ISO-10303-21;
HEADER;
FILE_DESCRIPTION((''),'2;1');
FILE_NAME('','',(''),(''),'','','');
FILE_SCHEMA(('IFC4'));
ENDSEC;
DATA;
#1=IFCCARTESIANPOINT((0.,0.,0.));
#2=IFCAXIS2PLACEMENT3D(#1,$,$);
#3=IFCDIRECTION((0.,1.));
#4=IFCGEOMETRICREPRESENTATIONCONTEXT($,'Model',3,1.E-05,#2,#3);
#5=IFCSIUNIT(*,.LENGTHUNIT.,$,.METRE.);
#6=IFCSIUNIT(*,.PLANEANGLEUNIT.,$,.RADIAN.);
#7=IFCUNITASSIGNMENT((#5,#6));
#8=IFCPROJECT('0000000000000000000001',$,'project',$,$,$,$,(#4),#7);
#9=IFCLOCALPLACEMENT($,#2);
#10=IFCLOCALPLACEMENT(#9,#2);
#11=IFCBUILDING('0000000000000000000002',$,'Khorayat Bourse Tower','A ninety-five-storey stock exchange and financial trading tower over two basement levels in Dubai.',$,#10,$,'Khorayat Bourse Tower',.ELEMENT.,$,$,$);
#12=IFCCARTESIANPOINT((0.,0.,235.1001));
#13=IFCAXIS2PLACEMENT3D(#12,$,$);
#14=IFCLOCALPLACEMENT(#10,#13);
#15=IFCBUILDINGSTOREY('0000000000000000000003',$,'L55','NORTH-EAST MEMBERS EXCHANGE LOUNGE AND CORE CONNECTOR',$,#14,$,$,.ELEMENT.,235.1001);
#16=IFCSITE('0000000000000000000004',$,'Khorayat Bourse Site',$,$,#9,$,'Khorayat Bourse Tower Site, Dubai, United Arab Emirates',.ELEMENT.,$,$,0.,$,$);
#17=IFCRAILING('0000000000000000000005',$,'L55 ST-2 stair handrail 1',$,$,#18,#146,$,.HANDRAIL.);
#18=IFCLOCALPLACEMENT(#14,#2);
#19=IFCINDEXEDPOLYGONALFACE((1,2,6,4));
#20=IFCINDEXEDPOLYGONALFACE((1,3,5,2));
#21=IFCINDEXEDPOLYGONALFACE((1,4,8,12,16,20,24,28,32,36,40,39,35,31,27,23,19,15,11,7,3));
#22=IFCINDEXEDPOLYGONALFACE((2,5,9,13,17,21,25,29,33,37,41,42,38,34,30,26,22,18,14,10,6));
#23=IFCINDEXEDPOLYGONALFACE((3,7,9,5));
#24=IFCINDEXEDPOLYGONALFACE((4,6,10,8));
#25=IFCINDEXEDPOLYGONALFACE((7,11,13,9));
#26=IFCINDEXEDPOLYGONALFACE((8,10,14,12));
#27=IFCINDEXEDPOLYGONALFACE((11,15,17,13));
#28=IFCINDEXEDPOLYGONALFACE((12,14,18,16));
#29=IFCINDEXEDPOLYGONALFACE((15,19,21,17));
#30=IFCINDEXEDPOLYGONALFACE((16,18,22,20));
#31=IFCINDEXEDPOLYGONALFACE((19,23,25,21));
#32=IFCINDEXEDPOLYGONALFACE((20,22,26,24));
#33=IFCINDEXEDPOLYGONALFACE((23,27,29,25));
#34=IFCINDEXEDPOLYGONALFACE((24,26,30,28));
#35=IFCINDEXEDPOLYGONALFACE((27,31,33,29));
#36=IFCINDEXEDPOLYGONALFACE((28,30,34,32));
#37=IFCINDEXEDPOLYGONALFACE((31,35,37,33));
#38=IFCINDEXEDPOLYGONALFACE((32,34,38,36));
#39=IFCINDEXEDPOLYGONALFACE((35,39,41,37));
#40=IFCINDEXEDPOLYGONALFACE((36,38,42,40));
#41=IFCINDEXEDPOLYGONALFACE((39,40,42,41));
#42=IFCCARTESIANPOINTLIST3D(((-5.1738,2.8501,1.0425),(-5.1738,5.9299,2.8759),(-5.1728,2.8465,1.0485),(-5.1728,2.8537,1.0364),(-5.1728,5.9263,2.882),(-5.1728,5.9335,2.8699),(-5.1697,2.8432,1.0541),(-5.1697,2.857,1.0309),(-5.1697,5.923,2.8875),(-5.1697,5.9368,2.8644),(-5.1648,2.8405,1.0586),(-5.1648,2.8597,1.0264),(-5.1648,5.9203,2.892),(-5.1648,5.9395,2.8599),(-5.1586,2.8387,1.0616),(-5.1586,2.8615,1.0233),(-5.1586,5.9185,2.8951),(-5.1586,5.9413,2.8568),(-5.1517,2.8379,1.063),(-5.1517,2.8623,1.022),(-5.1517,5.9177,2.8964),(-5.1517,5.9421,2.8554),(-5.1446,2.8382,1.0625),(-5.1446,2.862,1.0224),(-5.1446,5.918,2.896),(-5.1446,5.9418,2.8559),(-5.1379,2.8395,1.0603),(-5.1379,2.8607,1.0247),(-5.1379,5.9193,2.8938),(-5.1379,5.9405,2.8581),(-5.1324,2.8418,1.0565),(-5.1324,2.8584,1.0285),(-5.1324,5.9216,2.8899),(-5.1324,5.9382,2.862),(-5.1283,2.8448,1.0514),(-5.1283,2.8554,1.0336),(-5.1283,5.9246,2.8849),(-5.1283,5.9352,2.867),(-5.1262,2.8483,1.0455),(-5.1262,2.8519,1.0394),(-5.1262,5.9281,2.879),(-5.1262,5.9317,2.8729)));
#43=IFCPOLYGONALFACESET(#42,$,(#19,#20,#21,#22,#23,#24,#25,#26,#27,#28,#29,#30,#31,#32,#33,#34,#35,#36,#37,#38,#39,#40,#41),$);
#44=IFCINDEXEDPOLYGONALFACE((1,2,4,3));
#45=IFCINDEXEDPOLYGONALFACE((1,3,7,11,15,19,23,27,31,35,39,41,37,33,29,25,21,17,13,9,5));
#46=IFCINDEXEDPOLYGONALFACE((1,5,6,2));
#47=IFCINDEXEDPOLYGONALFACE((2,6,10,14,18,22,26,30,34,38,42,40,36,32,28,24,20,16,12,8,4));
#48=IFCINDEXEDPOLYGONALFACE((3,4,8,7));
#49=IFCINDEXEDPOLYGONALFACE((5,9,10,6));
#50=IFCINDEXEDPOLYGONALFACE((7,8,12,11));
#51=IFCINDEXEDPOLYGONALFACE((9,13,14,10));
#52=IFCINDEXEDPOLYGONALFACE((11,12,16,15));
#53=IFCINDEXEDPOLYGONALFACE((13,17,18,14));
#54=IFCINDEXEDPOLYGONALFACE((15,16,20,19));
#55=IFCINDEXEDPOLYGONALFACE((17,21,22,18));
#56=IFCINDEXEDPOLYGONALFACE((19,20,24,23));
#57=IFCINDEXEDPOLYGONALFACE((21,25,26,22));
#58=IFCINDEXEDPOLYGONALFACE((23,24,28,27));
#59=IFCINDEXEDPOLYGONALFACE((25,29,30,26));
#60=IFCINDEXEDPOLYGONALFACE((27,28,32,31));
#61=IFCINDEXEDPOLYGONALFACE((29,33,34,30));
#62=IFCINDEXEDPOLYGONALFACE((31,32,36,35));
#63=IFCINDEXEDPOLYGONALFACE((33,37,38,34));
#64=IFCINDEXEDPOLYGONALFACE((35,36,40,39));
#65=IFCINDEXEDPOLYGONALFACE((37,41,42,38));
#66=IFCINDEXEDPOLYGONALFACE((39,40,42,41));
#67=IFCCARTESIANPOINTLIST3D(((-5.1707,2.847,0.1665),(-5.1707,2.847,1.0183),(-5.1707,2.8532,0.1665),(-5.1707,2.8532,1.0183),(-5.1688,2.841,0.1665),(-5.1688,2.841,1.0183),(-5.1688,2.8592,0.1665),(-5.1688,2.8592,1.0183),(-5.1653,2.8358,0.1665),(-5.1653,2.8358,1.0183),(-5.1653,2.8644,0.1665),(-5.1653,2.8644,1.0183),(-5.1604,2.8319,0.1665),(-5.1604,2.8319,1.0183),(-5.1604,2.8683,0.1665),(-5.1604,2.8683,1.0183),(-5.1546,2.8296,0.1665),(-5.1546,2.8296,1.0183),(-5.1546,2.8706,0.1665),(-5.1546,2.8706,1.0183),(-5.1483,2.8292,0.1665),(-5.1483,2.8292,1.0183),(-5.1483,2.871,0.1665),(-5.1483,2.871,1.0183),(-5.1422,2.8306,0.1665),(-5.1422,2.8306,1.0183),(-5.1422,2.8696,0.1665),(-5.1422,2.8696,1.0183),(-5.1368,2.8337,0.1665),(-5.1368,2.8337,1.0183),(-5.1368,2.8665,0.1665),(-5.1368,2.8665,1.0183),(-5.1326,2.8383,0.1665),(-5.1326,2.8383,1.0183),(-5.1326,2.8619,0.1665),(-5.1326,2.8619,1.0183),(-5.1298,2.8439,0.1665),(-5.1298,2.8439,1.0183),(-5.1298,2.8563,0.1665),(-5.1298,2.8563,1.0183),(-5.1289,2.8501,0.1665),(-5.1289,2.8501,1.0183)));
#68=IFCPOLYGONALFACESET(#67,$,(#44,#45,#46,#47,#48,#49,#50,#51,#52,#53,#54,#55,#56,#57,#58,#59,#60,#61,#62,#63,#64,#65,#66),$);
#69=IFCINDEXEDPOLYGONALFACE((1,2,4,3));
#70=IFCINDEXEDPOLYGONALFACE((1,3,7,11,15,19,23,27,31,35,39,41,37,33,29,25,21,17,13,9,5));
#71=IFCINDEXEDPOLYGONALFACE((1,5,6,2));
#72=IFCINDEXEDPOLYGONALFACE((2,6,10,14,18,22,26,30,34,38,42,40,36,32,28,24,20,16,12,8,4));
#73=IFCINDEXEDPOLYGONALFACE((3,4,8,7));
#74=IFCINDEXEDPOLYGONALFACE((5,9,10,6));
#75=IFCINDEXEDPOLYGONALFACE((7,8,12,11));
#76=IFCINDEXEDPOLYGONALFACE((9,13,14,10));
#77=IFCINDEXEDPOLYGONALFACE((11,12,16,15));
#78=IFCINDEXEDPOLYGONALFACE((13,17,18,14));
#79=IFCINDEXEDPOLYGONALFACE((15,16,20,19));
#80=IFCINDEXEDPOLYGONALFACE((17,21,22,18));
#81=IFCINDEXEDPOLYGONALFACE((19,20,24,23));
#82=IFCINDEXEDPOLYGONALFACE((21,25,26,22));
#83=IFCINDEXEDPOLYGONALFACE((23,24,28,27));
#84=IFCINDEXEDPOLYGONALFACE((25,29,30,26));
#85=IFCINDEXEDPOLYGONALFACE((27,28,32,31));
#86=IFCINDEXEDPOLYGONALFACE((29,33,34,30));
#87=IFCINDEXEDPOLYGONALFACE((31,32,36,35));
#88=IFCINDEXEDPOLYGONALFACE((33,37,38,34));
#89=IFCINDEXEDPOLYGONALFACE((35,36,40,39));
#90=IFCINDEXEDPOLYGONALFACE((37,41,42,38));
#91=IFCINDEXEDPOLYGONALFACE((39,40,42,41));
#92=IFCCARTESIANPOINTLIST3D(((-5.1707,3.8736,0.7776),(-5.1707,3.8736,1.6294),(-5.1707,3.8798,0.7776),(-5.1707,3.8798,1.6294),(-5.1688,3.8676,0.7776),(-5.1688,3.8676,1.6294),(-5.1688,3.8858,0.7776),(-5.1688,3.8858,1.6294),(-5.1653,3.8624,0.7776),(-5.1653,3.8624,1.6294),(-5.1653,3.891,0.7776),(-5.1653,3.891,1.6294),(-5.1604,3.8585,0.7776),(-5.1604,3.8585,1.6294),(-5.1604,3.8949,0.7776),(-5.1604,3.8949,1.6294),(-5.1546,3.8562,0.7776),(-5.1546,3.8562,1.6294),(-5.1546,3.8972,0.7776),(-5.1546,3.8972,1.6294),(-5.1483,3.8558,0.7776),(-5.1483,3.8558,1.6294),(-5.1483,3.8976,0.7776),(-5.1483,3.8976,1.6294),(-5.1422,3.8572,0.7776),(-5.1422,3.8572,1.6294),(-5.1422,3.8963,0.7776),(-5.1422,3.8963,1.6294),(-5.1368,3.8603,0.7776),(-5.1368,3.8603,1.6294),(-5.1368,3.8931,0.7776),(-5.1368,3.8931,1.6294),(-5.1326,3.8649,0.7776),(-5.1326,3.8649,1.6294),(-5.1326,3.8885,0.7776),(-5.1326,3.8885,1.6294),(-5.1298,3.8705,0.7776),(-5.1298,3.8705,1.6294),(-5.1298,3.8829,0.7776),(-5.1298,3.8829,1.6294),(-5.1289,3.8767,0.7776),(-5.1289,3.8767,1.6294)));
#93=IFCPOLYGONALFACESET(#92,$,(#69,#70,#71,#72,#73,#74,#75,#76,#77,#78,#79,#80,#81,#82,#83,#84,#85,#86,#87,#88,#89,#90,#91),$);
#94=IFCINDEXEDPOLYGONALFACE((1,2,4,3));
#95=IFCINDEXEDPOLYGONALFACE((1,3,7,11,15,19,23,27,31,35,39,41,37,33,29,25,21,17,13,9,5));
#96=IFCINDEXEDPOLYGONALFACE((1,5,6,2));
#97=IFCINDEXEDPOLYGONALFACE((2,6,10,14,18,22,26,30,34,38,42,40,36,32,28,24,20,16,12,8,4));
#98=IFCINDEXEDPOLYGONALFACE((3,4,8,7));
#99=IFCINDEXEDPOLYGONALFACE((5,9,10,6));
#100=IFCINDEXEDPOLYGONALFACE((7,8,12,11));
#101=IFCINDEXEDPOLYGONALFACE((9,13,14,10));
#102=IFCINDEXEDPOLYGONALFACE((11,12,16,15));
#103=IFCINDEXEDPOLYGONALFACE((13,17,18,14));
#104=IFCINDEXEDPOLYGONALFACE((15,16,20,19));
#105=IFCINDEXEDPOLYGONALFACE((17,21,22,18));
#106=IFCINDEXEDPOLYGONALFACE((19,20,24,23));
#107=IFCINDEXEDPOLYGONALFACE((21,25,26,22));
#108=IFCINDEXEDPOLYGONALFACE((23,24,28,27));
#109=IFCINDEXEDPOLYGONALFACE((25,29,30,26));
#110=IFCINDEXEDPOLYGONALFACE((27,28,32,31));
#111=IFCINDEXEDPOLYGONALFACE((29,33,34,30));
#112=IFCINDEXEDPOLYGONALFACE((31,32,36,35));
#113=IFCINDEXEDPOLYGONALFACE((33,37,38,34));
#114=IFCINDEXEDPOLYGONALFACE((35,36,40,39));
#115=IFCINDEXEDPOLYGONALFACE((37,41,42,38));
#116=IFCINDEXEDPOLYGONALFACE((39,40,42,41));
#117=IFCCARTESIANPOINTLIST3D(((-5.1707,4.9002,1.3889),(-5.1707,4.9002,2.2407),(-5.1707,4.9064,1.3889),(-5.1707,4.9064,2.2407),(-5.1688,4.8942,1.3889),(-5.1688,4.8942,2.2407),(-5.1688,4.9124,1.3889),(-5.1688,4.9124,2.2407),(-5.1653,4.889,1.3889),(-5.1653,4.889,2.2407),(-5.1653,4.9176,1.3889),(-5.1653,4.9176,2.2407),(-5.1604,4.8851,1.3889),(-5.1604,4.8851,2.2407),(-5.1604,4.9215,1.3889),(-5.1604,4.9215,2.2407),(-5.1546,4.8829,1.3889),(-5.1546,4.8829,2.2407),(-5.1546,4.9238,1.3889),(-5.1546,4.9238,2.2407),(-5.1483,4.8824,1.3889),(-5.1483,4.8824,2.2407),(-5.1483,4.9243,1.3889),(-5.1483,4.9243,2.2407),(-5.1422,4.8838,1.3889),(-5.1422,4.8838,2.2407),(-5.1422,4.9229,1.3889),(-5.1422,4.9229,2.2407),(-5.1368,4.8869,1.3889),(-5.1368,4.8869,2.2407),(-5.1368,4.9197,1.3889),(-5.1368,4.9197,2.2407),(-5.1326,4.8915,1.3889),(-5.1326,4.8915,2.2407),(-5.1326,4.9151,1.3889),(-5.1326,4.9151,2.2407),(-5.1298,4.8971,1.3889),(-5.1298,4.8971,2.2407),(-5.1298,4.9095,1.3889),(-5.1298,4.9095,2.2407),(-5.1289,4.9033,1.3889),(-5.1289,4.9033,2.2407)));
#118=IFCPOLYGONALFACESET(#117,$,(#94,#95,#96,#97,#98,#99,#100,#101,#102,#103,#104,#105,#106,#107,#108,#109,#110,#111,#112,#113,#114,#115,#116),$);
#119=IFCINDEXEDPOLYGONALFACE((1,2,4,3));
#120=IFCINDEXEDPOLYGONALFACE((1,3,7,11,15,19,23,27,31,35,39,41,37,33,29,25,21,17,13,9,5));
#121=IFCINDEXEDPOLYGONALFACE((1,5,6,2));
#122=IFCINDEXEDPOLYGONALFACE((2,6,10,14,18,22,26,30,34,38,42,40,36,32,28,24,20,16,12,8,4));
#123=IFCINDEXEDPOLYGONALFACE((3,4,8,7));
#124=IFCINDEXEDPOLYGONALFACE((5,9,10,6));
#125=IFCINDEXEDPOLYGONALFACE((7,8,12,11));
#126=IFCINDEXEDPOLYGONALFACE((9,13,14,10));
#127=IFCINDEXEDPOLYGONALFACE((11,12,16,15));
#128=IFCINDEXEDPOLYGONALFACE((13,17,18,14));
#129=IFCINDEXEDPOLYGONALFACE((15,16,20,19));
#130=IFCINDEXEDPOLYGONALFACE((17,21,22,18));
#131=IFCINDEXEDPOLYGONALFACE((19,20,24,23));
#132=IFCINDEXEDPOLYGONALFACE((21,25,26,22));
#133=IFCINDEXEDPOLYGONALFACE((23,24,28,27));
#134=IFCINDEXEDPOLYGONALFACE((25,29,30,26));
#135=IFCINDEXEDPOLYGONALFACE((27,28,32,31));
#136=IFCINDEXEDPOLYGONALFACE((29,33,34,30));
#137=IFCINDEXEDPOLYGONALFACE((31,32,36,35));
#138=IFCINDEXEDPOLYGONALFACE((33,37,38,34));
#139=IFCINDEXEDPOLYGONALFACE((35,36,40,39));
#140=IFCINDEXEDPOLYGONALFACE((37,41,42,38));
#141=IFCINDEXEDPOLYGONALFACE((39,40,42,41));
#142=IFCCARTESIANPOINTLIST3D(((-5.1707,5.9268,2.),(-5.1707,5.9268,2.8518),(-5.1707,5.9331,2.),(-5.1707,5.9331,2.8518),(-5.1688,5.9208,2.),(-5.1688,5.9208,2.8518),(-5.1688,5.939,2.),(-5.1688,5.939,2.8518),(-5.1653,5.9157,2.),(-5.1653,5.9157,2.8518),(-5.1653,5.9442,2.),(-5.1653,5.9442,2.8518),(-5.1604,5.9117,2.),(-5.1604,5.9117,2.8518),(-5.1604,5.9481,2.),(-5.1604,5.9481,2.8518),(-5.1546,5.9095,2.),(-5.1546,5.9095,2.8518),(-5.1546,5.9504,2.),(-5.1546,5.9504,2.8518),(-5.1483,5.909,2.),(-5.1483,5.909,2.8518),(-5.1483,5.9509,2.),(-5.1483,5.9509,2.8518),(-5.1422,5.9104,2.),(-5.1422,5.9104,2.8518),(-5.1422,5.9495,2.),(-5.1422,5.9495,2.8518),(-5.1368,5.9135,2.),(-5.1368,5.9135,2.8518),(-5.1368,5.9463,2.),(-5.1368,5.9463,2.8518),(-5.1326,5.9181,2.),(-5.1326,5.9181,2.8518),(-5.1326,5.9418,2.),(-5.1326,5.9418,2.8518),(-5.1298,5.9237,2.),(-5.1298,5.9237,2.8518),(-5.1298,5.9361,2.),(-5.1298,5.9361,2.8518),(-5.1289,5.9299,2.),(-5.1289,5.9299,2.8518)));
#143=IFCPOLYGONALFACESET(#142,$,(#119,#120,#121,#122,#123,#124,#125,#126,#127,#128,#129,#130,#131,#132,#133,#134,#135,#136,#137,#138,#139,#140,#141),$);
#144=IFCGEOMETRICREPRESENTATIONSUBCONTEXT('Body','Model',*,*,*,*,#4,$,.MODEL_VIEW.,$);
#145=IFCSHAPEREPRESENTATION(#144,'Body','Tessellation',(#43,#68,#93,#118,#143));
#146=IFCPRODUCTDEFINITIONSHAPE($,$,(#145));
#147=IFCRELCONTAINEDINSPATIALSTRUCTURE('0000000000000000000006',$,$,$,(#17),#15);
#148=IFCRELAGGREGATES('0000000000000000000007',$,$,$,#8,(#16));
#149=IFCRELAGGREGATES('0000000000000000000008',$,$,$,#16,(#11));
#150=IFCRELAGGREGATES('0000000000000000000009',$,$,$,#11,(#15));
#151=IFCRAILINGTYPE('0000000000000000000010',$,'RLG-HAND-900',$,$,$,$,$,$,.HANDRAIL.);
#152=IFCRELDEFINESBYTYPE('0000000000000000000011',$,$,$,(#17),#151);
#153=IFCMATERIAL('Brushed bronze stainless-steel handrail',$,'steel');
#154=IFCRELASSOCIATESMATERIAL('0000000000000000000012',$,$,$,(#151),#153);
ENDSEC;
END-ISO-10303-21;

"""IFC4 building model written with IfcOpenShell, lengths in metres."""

from ifc_helpers import new_model, si_unit, direction, frame, origin, origin_2d, place, context, subcontext, project, spatial, circle, extrude, source, transform, mapped, material, type_object, element, save


model = new_model("IFC4")

# Units and contexts
model_context = context("Model", 3, precision=1e-05, world=origin(), true_north=direction((0.0, 1.0)))
body_context = subcontext(model_context, "Body", "Model", "MODEL_VIEW")
ifc_project = project(units=[si_unit("LENGTHUNIT", "METRE"), si_unit("PLANEANGLEUNIT", "RADIAN")], contexts=[model_context])

# Site, building, storey
site_placement = place(None, origin())
site = spatial("IfcSite", under=ifc_project, at=site_placement, Name="Khorayat Bourse Site", LongName="Khorayat Bourse Tower Site, Dubai, United Arab Emirates", CompositionType="ELEMENT", RefElevation=0.0)
building_placement = place(site_placement, origin())
building = spatial("IfcBuilding", under=site, at=building_placement, Name="Khorayat Bourse Tower", Description="A ninety-five-storey stock exchange and financial trading tower over two basement levels in Dubai.", LongName="Khorayat Bourse Tower", CompositionType="ELEMENT")
storey_placement = place(building_placement, frame((0.0, 0.0, 235.1001)))
storey = spatial("IfcBuildingStorey", under=building, at=storey_placement, Name="L55", Description="NORTH-EAST MEMBERS EXCHANGE LOUNGE AND CORE CONNECTOR", CompositionType="ELEMENT", Elevation=235.1001)

# Railing
ifc_material_1 = material(Name="Brushed bronze stainless-steel handrail", Category="steel")
railing_type_1 = type_object("IfcRailingType", Name="RLG-HAND-900", PredefinedType="HANDRAIL", material=ifc_material_1)
shared_shape_1 = source(origin(), body_context, "Body", "SweptSolid", [
    extrude(circle(Radius=0.0239, at=origin_2d()), frame((0.0, 0.0, 0.876), z_axis=(0.0, 0.859261, 0.511538), x_axis=(-1.0, 0.0, 0.0)), (0.0, 0.0, 1.0), 3.5842),
    extrude(circle(Radius=0.021, at=origin_2d()), origin(), (0.0, 0.0, 1.0), 0.8518),
    extrude(circle(Radius=0.021, at=origin_2d()), frame((0.0, 1.0266, 0.6111)), (0.0, 0.0, 1.0), 0.8518),
    extrude(circle(Radius=0.021, at=origin_2d()), frame((0.0, 2.0532, 1.2224)), (0.0, 0.0, 1.0), 0.8518),
    extrude(circle(Radius=0.021, at=origin_2d()), frame((0.0, 3.0798, 1.8335)), (0.0, 0.0, 1.0), 0.8518),
])
railing_1_placement = place(storey_placement, frame((-5.1499, 2.8501, 0.1665)))
element("IfcRailing", 1, at=railing_1_placement, inside=storey, type_object=railing_type_1, Name="L55 ST-2 stair handrail 1", PredefinedType="HANDRAIL", context=body_context, shape_type="MappedRepresentation", body=[
    mapped(shared_shape_1, transform((0.0, 0.0, 0.0), scale=1.0)),
])

save(model, "model.ifc")
